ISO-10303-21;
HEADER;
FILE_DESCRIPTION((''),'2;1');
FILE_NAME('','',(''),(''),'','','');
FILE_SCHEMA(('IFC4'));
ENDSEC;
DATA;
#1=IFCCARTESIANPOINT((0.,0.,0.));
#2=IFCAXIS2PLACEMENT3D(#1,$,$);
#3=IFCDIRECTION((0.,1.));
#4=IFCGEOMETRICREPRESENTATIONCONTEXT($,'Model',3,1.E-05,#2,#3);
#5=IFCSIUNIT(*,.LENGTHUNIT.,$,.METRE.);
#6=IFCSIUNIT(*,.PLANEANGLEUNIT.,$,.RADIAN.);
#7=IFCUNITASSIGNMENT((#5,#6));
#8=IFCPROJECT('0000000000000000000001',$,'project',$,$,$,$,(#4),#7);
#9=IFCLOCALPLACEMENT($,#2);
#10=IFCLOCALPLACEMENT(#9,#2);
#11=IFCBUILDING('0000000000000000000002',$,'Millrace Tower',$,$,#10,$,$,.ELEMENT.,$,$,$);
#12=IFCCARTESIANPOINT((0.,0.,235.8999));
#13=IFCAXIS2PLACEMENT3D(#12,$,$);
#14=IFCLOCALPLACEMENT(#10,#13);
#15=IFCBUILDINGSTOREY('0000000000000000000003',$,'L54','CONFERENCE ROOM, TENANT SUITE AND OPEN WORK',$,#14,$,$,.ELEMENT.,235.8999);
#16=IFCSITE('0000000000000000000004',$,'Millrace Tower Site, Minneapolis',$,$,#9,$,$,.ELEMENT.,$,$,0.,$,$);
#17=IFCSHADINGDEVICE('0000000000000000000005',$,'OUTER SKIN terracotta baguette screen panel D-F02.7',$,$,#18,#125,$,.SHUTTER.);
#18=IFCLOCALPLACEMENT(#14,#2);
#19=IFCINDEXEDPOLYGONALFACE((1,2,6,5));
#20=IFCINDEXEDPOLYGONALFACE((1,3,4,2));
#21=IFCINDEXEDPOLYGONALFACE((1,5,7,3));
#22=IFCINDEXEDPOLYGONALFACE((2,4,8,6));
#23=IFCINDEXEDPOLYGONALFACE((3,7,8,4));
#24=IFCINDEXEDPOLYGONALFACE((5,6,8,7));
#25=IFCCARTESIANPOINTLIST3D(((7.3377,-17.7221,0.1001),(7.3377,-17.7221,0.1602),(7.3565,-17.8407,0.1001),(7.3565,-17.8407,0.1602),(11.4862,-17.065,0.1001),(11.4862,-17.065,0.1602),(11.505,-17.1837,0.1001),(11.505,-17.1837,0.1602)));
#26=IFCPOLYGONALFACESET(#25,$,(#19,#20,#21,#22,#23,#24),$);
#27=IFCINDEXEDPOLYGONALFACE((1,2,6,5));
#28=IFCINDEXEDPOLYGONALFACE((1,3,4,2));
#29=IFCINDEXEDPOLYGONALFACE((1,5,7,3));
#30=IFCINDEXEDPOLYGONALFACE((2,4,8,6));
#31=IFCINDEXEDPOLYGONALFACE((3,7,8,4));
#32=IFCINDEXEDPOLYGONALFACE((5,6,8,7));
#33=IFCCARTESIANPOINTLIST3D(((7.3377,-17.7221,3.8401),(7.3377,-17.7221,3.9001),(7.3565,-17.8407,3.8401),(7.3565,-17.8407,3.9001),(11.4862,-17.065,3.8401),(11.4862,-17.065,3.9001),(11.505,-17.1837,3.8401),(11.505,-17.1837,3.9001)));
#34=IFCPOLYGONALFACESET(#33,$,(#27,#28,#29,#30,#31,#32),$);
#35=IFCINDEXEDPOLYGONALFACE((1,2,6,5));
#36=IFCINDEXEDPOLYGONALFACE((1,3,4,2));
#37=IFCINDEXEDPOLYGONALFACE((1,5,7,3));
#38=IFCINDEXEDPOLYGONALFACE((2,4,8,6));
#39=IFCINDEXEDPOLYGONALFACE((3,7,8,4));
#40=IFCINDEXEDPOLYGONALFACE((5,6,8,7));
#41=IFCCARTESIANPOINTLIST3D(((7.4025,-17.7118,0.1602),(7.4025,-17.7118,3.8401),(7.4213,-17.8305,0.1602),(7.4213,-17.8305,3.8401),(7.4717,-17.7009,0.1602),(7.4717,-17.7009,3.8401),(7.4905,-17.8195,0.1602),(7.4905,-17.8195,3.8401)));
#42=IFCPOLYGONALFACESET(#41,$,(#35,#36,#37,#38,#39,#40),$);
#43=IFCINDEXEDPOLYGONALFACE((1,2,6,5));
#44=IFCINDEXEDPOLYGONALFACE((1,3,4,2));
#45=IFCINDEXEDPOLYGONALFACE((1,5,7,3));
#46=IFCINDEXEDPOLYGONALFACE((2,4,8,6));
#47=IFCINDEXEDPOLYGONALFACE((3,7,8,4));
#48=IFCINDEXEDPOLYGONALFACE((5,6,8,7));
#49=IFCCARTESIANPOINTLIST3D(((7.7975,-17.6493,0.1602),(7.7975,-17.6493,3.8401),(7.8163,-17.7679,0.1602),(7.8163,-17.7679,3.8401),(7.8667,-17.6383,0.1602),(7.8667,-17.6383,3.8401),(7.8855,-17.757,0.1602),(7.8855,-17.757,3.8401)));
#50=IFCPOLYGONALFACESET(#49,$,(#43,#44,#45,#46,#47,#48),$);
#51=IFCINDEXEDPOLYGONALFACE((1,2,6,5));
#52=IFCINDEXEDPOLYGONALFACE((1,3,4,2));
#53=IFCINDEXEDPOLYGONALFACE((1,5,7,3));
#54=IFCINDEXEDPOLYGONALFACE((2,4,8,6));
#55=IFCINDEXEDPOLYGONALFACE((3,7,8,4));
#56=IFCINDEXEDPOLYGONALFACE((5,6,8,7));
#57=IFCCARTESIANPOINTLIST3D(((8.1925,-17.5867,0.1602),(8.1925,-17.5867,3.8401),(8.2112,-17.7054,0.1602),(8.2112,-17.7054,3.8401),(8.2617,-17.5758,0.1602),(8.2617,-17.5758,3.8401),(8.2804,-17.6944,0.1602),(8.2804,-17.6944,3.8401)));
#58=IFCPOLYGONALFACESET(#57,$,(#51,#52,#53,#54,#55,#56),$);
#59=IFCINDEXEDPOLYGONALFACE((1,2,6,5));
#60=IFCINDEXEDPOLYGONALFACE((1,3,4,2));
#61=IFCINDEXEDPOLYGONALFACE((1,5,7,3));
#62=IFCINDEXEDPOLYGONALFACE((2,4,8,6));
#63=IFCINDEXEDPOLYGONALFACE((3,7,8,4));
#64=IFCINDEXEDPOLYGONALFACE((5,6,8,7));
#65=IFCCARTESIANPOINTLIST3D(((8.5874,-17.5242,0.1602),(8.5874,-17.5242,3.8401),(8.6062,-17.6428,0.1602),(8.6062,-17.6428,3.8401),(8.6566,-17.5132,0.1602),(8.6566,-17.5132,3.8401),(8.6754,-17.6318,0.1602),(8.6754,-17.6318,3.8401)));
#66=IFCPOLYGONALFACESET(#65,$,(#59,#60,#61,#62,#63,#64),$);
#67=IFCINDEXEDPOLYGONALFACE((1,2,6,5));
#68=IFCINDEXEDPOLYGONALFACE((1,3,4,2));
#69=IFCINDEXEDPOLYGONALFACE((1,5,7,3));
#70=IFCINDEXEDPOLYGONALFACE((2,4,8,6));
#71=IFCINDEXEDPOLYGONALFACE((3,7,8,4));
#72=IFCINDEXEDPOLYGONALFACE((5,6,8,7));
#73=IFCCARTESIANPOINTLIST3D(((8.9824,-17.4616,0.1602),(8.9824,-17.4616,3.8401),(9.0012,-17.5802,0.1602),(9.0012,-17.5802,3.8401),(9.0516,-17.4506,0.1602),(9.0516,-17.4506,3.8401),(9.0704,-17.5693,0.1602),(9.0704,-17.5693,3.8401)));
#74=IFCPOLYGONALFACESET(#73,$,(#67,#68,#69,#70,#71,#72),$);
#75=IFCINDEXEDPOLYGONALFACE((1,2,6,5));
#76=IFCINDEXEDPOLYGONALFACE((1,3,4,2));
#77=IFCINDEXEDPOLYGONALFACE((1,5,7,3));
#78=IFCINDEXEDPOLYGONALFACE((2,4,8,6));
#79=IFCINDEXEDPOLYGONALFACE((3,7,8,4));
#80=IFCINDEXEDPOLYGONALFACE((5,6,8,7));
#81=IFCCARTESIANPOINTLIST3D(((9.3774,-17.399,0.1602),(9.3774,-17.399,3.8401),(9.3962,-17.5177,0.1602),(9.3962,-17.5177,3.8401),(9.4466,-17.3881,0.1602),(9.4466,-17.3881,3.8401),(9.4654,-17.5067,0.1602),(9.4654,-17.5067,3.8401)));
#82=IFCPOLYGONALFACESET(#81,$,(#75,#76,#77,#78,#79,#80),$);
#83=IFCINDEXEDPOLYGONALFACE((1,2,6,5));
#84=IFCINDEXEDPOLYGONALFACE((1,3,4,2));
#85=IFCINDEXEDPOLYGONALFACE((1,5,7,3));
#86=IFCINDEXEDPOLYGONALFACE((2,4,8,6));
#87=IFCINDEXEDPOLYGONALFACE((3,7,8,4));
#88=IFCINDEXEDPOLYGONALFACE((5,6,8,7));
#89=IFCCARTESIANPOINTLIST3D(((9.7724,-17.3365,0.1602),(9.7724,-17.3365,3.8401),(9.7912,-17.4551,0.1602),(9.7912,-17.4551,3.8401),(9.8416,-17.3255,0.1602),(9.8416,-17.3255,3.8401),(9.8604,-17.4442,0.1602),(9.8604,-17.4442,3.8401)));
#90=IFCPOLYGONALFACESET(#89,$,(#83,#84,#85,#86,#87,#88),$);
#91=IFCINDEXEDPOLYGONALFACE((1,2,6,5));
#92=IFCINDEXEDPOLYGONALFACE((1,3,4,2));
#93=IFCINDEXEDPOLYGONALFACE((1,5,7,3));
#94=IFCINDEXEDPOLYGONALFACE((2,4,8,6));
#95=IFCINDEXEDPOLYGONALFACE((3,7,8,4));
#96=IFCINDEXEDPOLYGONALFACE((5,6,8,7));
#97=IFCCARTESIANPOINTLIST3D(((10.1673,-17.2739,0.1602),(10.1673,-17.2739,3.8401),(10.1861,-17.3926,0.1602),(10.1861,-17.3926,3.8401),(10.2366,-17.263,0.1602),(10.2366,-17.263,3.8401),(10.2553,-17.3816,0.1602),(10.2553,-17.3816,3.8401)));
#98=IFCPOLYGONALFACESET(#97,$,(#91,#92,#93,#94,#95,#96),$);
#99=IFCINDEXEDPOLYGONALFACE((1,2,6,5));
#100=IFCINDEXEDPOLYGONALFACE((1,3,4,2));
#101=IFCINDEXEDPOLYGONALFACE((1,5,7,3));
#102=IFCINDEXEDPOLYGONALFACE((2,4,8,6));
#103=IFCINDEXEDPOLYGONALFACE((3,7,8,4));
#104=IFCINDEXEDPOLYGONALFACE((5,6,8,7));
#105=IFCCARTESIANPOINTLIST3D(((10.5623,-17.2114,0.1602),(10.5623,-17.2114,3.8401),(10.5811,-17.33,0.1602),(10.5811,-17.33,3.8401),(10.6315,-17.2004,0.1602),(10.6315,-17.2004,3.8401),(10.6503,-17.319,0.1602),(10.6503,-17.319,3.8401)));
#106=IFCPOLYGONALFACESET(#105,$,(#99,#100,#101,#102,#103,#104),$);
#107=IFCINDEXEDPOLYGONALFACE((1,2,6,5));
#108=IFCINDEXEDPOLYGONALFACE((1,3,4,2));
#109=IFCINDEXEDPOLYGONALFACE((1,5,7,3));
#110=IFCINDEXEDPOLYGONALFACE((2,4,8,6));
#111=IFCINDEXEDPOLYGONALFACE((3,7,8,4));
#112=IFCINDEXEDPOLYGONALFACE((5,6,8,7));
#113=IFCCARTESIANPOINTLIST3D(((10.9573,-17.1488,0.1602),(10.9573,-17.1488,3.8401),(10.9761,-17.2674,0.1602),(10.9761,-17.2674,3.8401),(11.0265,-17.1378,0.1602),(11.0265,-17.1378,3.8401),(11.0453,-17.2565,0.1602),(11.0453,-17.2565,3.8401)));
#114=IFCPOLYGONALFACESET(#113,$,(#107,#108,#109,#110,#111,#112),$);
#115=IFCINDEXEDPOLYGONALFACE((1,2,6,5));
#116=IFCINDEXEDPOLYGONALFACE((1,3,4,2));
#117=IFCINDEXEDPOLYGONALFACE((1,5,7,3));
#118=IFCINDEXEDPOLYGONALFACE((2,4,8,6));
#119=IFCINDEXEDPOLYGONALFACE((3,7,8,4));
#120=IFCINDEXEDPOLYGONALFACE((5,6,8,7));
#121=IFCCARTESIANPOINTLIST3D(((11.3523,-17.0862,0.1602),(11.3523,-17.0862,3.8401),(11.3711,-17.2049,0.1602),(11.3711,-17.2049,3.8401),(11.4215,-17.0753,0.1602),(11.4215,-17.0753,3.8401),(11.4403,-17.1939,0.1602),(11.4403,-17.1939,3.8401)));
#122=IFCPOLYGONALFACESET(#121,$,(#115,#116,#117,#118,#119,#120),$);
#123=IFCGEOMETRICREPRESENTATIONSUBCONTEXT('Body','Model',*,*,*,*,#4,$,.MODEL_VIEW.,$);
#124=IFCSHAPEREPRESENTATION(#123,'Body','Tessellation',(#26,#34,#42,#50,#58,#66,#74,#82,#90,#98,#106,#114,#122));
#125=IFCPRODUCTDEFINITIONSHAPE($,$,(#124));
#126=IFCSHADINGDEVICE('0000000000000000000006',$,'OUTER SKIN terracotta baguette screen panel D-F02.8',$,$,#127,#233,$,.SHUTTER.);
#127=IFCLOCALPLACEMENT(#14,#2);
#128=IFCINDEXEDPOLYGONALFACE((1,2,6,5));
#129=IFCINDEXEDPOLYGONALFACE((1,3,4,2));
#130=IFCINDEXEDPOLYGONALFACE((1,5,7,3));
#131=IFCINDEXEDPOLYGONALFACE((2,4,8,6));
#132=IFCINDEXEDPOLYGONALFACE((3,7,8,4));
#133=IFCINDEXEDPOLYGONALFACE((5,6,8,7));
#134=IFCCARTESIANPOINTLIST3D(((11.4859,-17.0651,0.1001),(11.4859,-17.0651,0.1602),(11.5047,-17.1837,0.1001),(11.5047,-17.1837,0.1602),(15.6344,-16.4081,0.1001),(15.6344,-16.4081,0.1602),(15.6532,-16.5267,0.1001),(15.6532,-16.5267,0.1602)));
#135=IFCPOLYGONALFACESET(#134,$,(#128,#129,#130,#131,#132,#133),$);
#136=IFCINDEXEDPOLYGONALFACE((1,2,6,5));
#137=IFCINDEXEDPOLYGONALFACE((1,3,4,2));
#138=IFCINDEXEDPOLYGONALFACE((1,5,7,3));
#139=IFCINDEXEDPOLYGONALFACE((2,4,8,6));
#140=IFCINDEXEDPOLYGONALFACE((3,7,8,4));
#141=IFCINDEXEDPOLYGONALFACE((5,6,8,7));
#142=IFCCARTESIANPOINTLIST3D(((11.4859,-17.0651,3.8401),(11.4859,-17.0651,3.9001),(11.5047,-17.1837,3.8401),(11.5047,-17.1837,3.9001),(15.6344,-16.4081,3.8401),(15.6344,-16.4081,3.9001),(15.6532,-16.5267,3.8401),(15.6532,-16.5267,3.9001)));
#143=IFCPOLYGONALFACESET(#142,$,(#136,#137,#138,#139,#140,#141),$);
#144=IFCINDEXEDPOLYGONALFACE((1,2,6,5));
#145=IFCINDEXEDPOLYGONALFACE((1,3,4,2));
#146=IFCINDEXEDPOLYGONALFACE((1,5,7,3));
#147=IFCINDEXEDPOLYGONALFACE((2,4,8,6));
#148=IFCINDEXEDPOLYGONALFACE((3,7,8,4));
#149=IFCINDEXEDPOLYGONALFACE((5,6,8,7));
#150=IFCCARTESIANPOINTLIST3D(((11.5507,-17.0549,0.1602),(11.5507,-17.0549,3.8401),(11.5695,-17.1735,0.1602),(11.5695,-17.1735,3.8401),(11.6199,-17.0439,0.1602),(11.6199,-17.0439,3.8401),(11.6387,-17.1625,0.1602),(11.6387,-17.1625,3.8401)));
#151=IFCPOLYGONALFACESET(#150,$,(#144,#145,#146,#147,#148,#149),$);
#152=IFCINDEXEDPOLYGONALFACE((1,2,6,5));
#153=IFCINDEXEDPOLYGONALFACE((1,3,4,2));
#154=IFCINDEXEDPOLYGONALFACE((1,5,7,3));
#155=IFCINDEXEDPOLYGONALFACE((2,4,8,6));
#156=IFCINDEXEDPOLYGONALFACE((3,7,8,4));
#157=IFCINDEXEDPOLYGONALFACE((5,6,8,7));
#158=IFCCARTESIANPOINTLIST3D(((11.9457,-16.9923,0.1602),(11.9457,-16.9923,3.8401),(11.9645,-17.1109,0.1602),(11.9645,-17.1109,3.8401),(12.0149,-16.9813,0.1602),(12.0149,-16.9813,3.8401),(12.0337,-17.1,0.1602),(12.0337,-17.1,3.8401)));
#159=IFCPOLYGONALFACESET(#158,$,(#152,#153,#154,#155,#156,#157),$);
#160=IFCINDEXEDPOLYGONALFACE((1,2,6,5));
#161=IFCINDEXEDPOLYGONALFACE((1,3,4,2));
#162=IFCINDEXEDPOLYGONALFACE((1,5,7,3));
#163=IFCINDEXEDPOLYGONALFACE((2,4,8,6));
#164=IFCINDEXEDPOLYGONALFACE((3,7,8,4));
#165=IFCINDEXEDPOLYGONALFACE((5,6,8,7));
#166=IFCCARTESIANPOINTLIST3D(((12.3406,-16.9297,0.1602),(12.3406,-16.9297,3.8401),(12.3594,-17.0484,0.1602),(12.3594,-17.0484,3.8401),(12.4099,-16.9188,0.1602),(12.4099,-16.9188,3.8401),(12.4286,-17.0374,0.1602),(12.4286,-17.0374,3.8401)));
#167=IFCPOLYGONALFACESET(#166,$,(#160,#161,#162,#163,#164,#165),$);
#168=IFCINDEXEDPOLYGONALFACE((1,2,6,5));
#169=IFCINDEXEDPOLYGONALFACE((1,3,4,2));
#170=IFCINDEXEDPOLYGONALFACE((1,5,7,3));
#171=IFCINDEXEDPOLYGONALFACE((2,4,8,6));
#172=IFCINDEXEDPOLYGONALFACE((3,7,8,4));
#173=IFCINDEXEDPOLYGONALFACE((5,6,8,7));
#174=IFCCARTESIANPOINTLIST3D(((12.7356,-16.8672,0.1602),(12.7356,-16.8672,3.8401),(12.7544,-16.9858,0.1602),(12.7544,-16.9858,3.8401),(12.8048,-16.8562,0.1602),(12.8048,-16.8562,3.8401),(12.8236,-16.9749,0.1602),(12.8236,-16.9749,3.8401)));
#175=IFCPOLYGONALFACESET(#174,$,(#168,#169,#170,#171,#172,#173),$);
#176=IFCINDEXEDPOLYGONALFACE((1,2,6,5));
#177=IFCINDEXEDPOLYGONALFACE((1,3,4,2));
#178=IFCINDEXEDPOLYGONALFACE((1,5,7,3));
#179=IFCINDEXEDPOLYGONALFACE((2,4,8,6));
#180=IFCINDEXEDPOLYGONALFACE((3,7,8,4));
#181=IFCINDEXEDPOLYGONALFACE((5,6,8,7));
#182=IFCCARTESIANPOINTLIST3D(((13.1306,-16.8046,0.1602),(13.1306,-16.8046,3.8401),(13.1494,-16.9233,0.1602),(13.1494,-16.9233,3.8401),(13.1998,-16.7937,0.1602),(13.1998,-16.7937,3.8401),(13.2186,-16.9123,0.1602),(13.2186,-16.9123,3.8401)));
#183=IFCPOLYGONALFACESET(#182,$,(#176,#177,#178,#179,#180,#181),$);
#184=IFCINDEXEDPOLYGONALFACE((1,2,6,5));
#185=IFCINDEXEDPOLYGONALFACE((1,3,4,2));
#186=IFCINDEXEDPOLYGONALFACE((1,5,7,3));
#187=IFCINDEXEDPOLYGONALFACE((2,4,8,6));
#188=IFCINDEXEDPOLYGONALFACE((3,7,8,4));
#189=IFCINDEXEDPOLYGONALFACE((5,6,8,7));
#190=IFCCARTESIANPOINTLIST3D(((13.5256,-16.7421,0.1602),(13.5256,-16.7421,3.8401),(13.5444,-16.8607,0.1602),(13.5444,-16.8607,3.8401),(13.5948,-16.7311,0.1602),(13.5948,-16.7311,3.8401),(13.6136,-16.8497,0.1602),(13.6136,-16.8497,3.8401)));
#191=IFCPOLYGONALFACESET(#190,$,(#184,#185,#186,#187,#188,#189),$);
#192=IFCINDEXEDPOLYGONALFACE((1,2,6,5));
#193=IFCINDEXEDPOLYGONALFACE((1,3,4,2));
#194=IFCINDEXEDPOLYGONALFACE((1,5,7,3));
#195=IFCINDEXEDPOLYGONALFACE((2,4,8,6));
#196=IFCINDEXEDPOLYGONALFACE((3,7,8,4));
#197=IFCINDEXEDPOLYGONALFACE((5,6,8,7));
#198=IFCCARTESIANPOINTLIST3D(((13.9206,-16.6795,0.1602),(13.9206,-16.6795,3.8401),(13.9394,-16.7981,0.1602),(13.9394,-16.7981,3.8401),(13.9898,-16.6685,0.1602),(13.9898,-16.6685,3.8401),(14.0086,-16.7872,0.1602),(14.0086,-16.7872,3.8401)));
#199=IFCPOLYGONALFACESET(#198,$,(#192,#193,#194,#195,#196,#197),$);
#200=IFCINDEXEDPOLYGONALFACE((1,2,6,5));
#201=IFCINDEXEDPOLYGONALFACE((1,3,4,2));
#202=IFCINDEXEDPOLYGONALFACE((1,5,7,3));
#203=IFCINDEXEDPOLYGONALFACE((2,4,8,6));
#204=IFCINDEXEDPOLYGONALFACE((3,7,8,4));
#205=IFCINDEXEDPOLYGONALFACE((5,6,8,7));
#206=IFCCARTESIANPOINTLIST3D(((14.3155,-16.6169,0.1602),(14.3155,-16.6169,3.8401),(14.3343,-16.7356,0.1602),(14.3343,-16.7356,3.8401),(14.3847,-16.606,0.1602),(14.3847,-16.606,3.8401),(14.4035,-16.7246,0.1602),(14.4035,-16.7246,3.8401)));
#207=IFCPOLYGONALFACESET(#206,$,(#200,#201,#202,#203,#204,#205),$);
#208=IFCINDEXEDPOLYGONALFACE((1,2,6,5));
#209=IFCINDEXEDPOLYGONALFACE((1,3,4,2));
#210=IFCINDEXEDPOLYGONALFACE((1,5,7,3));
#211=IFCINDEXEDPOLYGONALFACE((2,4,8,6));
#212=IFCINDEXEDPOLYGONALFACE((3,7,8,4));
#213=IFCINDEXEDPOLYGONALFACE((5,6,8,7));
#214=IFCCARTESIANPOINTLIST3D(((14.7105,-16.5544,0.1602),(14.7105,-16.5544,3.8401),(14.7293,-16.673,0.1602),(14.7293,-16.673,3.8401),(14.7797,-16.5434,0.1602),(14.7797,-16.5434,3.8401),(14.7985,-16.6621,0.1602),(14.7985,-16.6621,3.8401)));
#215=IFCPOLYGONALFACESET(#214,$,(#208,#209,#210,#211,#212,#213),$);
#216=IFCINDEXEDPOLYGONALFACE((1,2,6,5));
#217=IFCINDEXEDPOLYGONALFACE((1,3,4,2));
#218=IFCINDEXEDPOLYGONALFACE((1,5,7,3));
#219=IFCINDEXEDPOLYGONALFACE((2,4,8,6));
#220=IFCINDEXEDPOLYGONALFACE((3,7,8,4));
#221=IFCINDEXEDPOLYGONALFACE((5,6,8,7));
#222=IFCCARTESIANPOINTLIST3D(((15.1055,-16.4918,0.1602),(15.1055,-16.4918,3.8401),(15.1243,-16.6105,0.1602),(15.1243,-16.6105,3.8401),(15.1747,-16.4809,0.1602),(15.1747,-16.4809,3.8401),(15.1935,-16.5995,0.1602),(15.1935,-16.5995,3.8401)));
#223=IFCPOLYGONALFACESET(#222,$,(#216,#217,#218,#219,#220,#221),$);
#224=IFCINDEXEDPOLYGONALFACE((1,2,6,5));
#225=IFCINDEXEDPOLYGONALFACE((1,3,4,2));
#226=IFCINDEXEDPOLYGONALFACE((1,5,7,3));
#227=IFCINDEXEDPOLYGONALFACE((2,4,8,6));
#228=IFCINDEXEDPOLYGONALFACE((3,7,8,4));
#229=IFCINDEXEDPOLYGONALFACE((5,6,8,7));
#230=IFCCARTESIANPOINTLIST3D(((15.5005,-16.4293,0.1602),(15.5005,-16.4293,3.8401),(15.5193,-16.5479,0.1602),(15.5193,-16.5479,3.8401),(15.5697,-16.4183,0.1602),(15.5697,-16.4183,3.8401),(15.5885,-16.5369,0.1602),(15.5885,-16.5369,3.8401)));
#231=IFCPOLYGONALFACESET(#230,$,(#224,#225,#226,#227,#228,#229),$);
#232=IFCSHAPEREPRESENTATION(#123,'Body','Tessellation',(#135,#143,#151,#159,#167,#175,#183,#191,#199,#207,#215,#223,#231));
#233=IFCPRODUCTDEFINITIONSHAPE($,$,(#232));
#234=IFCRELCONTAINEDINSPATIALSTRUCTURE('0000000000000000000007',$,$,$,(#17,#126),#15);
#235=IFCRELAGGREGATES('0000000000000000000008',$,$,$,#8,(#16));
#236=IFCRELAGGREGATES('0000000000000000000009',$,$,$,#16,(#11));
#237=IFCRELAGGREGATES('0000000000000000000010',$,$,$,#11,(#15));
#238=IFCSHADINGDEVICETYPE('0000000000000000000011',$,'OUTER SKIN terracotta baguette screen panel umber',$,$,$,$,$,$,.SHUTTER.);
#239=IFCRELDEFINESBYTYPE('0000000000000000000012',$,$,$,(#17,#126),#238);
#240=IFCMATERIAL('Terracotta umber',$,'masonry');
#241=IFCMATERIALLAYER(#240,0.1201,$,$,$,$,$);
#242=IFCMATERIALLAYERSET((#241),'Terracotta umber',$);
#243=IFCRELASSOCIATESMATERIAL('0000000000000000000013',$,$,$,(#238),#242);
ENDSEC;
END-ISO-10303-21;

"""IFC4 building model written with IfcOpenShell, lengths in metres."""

from ifc_helpers import new_model, entity, si_unit, direction, frame, frame_2d, origin, origin_2d, place, context, subcontext, project, spatial, rectangle, extrude, source, transform, mapped, material, layer, layer_set, type_object, element, save


model = new_model("IFC4")

# Units and contexts
model_context = context("Model", 3, precision=1e-05, world=origin(), true_north=direction((0.0, 1.0)))
body_context = subcontext(model_context, "Body", "Model", "MODEL_VIEW")
ifc_project = project(units=[si_unit("LENGTHUNIT", "METRE"), si_unit("PLANEANGLEUNIT", "RADIAN")], contexts=[model_context])

# Site, building, storey
site_placement = place(None, origin())
site = spatial("IfcSite", under=ifc_project, at=site_placement, Name="Millrace Tower Site, Minneapolis", CompositionType="ELEMENT", RefElevation=0.0)
building_placement = place(site_placement, origin())
building = spatial("IfcBuilding", under=site, at=building_placement, Name="Millrace Tower", CompositionType="ELEMENT")
storey_placement = place(building_placement, frame((0.0, 0.0, 235.8999)))
storey = spatial("IfcBuildingStorey", under=building, at=storey_placement, Name="L54", Description="CONFERENCE ROOM, TENANT SUITE AND OPEN WORK", CompositionType="ELEMENT", Elevation=235.8999)

# Shading devices
ifc_material_1 = material(Name="Terracotta umber", Category="masonry")
ifc_layer_1 = layer(ifc_material_1, 0.1201)
ifc_layer_set_1 = layer_set([ifc_layer_1], Name="Terracotta umber")
shading_device_type = type_object("IfcShadingDeviceType", Name="OUTER SKIN terracotta baguette screen panel umber", PredefinedType="SHUTTER", material=ifc_layer_set_1)
cartesian_point = entity("IfcCartesianPoint", [-2.1001, 0.0601])
shared_polyline = entity("IfcPolyline", [cartesian_point, entity("IfcCartesianPoint", [2.1001, 0.0601]), entity("IfcCartesianPoint", [2.1001, -0.0601]), entity("IfcCartesianPoint", [-2.1001, -0.0601]), cartesian_point])
shared_shape = source(origin(), body_context, "Body", "SweptSolid", [
    entity("IfcExtrudedAreaSolid", entity("IfcArbitraryClosedProfileDef", "AREA", None, shared_polyline), entity("IfcAxis2Placement3D", entity("IfcCartesianPoint", [0.0, 0.0, 0.0])), entity("IfcDirection", [0.0, 0.0, 1.0]), 0.0601),
    entity("IfcExtrudedAreaSolid", entity("IfcArbitraryClosedProfileDef", "AREA", None, shared_polyline), entity("IfcAxis2Placement3D", entity("IfcCartesianPoint", [0.0, 0.0, 3.74])), entity("IfcDirection", [0.0, 0.0, 1.0]), 0.0601),
    extrude(rectangle(XDim=0.0701, YDim=0.1201, at=frame_2d((-1.9995, 0.0))), frame((0.0, 0.0, 0.0601)), (0.0, 0.0, 1.0), 3.6799),
    extrude(rectangle(XDim=0.0701, YDim=0.1201, at=frame_2d((-1.5996, 0.0))), frame((0.0, 0.0, 0.0601)), (0.0, 0.0, 1.0), 3.6799),
    extrude(rectangle(XDim=0.0701, YDim=0.1201, at=frame_2d((-1.1997, 0.0))), frame((0.0, 0.0, 0.0601)), (0.0, 0.0, 1.0), 3.6799),
    extrude(rectangle(XDim=0.0701, YDim=0.1201, at=frame_2d((-0.7998, 0.0))), frame((0.0, 0.0, 0.0601)), (0.0, 0.0, 1.0), 3.6799),
    extrude(rectangle(XDim=0.0701, YDim=0.1201, at=frame_2d((-0.3999, 0.0))), frame((0.0, 0.0, 0.0601)), (0.0, 0.0, 1.0), 3.6799),
    extrude(rectangle(XDim=0.0701, YDim=0.1201, at=origin_2d()), frame((0.0, 0.0, 0.0601)), (0.0, 0.0, 1.0), 3.6799),
    extrude(rectangle(XDim=0.0701, YDim=0.1201, at=frame_2d((0.3999, 0.0))), frame((0.0, 0.0, 0.0601)), (0.0, 0.0, 1.0), 3.6799),
    extrude(rectangle(XDim=0.0701, YDim=0.1201, at=frame_2d((0.7998, 0.0))), frame((0.0, 0.0, 0.0601)), (0.0, 0.0, 1.0), 3.6799),
    extrude(rectangle(XDim=0.0701, YDim=0.1201, at=frame_2d((1.1997, 0.0))), frame((0.0, 0.0, 0.0601)), (0.0, 0.0, 1.0), 3.6799),
    extrude(rectangle(XDim=0.0701, YDim=0.1201, at=frame_2d((1.5996, 0.0))), frame((0.0, 0.0, 0.0601)), (0.0, 0.0, 1.0), 3.6799),
    extrude(rectangle(XDim=0.0701, YDim=0.1201, at=frame_2d((1.9995, 0.0))), frame((0.0, 0.0, 0.0601)), (0.0, 0.0, 1.0), 3.6799),
])
for number, where, z_axis, x_axis, name in (
    (1, (9.4214, -17.4529, 0.1001), (0.0, 0.0, 1.0), (0.987688, 0.156434, 0.0), "OUTER SKIN terracotta baguette screen panel D-F02.7"),
    (2, (13.5696, -16.7959, 0.1001), (0.0, 0.0, 1.0), (0.987688, 0.156434, 0.0), "OUTER SKIN terracotta baguette screen panel D-F02.8"),
):
    element("IfcShadingDevice", number, at=place(storey_placement, frame(where, z_axis=z_axis, x_axis=x_axis)), inside=storey, type_object=shading_device_type, Name=name, PredefinedType="SHUTTER", context=body_context, shape_type="MappedRepresentation", body=[
        mapped(shared_shape, transform((0.0, 0.0, 0.0), scale=1.0)),
    ])

save(model, "model.ifc")
